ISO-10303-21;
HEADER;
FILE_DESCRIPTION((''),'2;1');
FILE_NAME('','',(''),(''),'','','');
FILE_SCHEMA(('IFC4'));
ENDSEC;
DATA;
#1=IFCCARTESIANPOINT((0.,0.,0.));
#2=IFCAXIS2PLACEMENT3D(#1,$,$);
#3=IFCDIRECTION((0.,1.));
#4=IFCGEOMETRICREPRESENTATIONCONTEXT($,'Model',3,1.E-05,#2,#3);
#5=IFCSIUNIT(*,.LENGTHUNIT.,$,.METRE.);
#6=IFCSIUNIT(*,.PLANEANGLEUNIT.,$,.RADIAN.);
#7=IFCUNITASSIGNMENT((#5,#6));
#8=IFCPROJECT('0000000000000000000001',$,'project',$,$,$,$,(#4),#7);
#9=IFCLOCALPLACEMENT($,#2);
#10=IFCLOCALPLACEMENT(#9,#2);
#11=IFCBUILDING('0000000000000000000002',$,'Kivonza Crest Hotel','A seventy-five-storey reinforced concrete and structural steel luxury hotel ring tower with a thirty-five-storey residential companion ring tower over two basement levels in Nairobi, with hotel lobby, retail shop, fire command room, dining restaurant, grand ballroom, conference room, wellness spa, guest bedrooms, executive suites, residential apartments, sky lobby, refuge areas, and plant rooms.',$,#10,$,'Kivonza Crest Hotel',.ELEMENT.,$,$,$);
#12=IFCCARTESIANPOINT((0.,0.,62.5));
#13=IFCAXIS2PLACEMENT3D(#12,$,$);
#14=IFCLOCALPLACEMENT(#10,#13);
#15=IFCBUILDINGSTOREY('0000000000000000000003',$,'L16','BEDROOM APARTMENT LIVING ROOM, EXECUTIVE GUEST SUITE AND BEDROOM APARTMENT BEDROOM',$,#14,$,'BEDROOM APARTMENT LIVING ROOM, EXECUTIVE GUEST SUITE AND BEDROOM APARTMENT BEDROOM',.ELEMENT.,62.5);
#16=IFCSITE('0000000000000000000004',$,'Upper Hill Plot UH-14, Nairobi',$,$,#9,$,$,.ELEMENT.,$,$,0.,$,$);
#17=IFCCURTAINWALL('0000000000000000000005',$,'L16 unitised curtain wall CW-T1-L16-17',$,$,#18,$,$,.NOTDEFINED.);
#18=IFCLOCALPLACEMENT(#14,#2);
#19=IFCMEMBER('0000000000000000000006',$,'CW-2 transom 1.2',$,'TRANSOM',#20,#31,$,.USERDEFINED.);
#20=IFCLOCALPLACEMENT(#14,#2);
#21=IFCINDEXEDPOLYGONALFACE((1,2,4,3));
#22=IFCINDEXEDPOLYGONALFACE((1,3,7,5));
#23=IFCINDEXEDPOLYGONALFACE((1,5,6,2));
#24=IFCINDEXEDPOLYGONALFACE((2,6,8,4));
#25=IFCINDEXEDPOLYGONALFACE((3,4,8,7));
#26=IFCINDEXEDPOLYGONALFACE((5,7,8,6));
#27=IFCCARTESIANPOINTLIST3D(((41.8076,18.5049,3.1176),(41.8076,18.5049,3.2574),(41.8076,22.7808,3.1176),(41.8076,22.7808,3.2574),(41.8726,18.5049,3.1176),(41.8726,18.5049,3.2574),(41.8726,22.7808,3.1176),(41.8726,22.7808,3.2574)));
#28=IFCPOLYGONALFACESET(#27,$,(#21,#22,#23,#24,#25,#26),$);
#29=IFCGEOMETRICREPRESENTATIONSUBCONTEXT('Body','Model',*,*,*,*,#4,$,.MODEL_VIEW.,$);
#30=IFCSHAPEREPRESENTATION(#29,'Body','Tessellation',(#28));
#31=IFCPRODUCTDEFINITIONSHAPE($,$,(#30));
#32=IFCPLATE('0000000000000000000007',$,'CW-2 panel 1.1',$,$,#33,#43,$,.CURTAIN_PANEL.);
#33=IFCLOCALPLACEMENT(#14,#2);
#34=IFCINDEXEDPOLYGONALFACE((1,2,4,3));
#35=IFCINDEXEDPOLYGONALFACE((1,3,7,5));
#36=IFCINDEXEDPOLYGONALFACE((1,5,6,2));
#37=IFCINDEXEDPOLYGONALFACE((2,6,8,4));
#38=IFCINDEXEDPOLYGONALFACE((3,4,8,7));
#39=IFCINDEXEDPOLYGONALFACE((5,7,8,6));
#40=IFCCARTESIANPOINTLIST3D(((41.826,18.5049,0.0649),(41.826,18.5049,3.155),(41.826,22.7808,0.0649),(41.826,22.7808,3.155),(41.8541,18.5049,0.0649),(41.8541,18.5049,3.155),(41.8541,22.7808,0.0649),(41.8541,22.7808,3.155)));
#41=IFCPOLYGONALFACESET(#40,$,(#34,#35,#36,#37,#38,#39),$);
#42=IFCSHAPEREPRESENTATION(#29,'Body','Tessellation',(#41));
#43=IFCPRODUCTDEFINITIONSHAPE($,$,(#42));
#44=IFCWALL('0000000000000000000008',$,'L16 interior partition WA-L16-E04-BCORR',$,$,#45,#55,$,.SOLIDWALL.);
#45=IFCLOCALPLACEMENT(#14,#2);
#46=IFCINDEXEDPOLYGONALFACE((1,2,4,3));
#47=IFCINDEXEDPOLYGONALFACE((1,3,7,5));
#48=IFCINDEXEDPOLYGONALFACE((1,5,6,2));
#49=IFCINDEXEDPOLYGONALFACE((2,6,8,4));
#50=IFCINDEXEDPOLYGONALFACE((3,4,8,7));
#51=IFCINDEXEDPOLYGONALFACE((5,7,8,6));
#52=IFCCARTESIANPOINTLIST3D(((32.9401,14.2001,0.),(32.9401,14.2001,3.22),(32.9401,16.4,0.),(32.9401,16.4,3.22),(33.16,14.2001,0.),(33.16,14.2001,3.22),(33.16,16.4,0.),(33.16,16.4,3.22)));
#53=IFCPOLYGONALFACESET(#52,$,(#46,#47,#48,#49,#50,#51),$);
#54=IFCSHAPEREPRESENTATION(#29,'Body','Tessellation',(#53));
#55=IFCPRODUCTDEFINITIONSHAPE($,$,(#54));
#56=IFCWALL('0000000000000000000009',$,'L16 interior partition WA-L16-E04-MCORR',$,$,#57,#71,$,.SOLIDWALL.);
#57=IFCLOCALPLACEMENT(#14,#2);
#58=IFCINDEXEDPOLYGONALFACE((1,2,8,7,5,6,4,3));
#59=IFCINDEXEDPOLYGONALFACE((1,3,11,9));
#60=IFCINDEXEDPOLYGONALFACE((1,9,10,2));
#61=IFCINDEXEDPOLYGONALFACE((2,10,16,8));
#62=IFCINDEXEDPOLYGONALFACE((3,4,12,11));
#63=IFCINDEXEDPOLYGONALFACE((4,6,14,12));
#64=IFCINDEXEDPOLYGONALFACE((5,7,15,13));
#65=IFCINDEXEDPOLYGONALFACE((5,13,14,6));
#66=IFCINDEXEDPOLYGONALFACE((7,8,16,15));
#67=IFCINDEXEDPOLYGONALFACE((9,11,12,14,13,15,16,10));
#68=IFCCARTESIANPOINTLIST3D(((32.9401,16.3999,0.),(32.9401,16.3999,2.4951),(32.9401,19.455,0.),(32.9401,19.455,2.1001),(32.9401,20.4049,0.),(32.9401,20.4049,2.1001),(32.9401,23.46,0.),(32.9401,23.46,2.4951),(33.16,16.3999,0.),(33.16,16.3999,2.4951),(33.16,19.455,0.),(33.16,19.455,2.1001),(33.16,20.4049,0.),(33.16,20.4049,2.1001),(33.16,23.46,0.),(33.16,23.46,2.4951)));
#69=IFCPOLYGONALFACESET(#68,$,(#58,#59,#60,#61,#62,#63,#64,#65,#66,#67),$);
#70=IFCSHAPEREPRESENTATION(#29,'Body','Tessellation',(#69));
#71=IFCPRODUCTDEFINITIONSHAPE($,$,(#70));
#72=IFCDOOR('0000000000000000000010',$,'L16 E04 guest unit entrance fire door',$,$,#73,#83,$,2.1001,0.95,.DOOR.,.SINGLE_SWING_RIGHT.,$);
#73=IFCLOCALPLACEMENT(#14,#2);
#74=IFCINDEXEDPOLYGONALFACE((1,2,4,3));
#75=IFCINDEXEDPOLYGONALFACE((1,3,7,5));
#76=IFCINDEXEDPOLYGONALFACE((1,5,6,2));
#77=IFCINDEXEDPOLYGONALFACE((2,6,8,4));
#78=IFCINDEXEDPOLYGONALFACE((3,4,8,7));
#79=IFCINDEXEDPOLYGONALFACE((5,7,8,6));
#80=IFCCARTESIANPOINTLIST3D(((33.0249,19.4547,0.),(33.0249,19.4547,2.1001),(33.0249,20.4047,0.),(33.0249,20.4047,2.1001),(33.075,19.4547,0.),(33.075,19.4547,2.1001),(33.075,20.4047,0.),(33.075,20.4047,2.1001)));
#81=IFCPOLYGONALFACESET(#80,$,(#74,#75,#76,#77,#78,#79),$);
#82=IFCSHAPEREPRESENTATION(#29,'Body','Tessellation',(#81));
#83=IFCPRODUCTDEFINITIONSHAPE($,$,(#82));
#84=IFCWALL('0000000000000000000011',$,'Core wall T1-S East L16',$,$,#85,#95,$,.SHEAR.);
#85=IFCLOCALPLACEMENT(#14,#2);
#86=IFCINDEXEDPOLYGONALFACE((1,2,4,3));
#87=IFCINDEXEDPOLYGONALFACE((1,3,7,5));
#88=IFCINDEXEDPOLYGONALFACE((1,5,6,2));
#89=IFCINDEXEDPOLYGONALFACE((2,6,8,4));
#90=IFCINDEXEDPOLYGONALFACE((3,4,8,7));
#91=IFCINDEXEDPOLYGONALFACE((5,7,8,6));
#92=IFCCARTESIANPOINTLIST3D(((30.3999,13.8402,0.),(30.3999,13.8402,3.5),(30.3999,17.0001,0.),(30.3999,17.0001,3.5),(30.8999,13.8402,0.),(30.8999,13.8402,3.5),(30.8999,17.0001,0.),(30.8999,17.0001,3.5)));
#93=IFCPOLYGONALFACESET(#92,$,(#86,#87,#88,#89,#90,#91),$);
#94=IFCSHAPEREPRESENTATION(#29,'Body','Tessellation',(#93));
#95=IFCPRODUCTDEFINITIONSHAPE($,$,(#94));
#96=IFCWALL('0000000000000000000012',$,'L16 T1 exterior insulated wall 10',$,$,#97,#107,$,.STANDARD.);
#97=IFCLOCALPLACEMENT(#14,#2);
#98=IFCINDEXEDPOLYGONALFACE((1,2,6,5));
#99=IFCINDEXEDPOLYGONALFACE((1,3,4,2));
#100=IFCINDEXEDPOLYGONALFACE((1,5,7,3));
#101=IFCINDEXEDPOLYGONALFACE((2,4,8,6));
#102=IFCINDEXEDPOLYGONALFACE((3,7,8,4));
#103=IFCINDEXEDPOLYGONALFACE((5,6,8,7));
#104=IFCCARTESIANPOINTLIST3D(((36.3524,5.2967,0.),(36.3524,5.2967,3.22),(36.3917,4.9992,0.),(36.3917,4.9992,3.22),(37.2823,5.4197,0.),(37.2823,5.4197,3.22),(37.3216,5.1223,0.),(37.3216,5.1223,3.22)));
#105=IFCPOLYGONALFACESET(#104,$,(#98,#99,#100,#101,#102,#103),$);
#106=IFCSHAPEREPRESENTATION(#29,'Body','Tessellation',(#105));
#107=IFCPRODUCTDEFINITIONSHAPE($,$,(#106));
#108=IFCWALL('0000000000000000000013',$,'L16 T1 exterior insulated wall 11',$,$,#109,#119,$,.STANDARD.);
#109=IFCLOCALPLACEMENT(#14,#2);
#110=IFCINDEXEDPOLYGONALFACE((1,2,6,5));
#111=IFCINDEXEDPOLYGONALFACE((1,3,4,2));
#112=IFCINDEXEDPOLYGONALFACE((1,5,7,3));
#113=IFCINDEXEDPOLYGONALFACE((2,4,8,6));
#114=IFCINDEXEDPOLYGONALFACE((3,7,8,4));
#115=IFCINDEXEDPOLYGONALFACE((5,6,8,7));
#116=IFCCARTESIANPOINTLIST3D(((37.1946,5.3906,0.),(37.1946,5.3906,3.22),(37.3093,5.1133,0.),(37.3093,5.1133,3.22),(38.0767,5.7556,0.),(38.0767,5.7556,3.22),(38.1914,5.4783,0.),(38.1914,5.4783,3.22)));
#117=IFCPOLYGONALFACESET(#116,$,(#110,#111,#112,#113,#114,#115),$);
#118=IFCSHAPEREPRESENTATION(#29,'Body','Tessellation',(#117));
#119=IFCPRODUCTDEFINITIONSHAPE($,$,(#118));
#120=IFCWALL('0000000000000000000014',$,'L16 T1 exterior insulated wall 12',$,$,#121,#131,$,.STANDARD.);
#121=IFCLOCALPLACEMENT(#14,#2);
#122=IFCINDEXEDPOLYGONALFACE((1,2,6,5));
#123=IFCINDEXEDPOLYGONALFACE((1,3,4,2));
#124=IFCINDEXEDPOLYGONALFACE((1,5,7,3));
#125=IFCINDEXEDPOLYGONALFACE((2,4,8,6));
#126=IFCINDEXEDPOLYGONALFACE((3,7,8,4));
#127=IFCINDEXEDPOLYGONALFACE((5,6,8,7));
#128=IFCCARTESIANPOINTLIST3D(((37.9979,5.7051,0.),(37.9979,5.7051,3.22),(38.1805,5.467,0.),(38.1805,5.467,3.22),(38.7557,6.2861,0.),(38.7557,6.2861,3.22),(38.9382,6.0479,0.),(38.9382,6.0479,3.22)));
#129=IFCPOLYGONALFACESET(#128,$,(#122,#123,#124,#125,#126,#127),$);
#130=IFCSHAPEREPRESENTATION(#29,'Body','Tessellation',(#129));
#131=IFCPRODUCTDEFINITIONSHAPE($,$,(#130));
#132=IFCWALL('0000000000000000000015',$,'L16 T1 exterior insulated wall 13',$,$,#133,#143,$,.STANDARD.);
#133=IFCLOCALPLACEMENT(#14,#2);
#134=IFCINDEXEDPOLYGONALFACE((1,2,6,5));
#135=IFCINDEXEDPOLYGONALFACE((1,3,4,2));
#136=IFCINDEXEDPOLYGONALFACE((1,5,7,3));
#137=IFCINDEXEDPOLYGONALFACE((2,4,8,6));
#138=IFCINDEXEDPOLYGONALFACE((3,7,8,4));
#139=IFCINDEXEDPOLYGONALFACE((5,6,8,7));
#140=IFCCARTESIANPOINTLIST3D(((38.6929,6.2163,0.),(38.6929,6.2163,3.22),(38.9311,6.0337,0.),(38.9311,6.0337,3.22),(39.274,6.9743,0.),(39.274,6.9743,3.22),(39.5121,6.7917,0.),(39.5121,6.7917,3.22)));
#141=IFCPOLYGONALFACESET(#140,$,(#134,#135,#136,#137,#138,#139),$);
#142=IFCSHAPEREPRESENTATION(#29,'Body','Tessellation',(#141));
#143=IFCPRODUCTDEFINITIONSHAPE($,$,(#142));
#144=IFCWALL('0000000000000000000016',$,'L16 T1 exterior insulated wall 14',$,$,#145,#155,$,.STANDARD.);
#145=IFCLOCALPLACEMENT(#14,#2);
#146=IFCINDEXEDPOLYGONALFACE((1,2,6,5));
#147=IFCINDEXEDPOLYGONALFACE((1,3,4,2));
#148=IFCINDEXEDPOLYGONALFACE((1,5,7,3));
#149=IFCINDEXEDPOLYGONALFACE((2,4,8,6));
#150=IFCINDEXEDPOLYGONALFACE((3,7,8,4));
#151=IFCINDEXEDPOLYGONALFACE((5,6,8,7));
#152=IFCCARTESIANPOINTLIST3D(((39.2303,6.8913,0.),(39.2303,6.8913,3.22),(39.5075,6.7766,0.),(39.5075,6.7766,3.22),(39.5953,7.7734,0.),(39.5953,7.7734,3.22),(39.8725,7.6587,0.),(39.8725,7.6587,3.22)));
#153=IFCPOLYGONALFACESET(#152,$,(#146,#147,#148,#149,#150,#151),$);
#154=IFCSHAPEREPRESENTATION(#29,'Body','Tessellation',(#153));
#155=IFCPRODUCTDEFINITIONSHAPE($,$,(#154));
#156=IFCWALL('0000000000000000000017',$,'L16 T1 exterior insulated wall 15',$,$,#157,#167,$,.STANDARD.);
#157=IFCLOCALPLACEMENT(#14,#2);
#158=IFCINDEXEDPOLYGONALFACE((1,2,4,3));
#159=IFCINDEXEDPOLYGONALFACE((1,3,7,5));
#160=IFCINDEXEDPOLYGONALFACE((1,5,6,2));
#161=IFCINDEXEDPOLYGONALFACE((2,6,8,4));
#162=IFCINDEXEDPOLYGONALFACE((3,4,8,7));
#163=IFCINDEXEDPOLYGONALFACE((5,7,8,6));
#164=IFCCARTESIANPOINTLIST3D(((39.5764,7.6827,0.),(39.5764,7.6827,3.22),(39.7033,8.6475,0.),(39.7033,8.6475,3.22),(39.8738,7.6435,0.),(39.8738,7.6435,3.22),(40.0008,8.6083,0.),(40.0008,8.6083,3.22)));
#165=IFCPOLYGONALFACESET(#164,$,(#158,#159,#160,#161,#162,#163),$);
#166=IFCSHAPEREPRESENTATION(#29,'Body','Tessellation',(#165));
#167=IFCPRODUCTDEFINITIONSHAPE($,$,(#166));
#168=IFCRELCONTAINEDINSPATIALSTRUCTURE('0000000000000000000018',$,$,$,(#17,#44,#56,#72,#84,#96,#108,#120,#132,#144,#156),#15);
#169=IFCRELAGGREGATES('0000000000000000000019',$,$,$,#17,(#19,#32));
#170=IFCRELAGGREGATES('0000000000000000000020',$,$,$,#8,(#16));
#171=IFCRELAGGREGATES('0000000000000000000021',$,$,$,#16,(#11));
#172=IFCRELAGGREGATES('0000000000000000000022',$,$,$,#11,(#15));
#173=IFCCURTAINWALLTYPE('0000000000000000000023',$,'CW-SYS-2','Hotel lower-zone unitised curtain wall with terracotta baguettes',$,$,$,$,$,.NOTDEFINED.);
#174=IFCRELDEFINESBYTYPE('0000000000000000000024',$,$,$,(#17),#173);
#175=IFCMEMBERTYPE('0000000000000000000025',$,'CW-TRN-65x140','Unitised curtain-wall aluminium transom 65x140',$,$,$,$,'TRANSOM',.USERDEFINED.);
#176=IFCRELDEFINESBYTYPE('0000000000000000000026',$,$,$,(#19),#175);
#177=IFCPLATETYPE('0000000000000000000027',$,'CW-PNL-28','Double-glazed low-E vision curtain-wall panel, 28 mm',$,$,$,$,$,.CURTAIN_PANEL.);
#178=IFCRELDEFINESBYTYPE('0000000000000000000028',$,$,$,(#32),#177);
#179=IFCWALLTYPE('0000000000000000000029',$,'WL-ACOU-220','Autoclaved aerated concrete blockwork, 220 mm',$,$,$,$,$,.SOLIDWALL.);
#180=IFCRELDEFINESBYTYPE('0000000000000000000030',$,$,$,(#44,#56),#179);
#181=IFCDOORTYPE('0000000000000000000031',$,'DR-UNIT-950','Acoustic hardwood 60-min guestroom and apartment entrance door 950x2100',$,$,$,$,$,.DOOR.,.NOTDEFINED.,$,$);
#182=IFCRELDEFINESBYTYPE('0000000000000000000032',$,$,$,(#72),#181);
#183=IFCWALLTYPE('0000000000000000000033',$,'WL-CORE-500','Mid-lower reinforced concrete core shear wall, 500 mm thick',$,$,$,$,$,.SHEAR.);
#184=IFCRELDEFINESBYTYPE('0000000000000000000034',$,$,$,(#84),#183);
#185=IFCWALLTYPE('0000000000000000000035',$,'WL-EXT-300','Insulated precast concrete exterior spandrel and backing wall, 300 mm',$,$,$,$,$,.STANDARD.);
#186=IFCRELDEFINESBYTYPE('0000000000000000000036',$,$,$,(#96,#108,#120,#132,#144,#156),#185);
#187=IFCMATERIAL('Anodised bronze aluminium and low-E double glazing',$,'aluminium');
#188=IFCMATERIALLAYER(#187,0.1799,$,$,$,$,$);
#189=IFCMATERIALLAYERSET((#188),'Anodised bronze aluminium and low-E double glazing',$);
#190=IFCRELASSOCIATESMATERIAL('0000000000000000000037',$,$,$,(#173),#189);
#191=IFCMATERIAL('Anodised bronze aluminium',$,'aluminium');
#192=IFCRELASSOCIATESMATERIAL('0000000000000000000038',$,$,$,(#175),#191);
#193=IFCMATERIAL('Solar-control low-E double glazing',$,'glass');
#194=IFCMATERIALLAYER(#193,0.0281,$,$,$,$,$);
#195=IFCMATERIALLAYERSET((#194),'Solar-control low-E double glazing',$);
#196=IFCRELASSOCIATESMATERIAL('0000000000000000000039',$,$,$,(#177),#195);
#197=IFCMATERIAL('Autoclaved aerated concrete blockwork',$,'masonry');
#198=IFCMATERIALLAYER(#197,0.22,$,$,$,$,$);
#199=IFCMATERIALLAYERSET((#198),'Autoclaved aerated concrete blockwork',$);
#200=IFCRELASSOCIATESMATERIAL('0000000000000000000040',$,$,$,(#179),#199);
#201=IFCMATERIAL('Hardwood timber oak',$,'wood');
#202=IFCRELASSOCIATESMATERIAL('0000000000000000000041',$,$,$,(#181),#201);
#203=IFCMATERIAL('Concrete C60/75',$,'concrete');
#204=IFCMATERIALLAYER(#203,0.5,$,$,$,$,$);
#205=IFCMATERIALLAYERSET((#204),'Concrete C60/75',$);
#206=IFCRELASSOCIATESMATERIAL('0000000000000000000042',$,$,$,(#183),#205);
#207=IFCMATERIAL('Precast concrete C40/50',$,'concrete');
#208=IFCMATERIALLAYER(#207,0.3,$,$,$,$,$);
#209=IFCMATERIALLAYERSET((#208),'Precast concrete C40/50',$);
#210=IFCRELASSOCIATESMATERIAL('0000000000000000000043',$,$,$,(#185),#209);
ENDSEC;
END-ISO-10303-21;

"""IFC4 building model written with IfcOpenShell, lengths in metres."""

from ifc_helpers import new_model, si_unit, direction, frame, frame_2d, origin, origin_2d, place, context, subcontext, project, spatial, rectangle, extrude, material, layer, layer_set, material_profile, profile_set, type_object, element, fill, aggregate, save


model = new_model("IFC4")

# Units and contexts
model_context = context("Model", 3, precision=1e-05, world=origin(), true_north=direction((0.0, 1.0)))
body_context = subcontext(model_context, "Body", "Model", "MODEL_VIEW")
ifc_project = project(units=[si_unit("LENGTHUNIT", "METRE"), si_unit("PLANEANGLEUNIT", "RADIAN")], contexts=[model_context])

# Site, building, storey
site_placement = place(None, origin())
site = spatial("IfcSite", under=ifc_project, at=site_placement, Name="Upper Hill Plot UH-14, Nairobi", CompositionType="ELEMENT", RefElevation=0.0)
building_placement = place(site_placement, origin())
building = spatial("IfcBuilding", under=site, at=building_placement, Name="Kivonza Crest Hotel", Description="A seventy-five-storey reinforced concrete and structural steel luxury hotel ring tower with a thirty-five-storey residential companion ring tower over two basement levels in Nairobi, with hotel lobby, retail shop, fire command room, dining restaurant, grand ballroom, conference room, wellness spa, guest bedrooms, executive suites, residential apartments, sky lobby, refuge areas, and plant rooms.", LongName="Kivonza Crest Hotel", CompositionType="ELEMENT")
storey_placement = place(building_placement, frame((0.0, 0.0, 62.5)))
storey = spatial("IfcBuildingStorey", under=building, at=storey_placement, Name="L16", Description="BEDROOM APARTMENT LIVING ROOM, EXECUTIVE GUEST SUITE AND BEDROOM APARTMENT BEDROOM", LongName="BEDROOM APARTMENT LIVING ROOM, EXECUTIVE GUEST SUITE AND BEDROOM APARTMENT BEDROOM", CompositionType="ELEMENT", Elevation=62.5)

# Shared definitions
ifc_material_1 = material(Name="Concrete C60/75", Category="concrete")

# Curtain wall, member, plate
ifc_material_2 = material(Name="Anodised bronze aluminium and low-E double glazing", Category="aluminium")
ifc_layer_1 = layer(ifc_material_2, 0.1799)
ifc_layer_set_1 = layer_set([ifc_layer_1], Name="Anodised bronze aluminium and low-E double glazing")
curtain_wall_type = type_object("IfcCurtainWallType", Name="CW-SYS-2", Description="Hotel lower-zone unitised curtain wall with terracotta baguettes", PredefinedType="NOTDEFINED", material=ifc_layer_set_1)
curtain_wall_placement = place(storey_placement, origin())
curtain_wall = element("IfcCurtainWall", 1, at=curtain_wall_placement, inside=storey, type_object=curtain_wall_type, Name="L16 unitised curtain wall CW-T1-L16-17", PredefinedType="NOTDEFINED")
ifc_material_3 = material(Name="Anodised bronze aluminium", Category="aluminium")
ifc_material_profile_1 = material_profile(ifc_material_3, rectangle(XDim=0.0649, YDim=0.1399, at=origin_2d()), Name="CW-T 65x140")
ifc_profile_set_1 = profile_set([ifc_material_profile_1], Name="Anodised bronze aluminium")
member_type_1 = type_object("IfcMemberType", Name="CW-TRN-65x140", Description="Unitised curtain-wall aluminium transom 65x140", ElementType="TRANSOM", PredefinedType="USERDEFINED", material=ifc_profile_set_1)
member_1_placement = place(storey_placement, frame((41.8401, 18.5049, 3.1875), z_axis=(0.0, 1.0, 0.0), x_axis=(-1.0, 0.0, 0.0)))
member_1 = element("IfcMember", 2, at=member_1_placement, type_object=member_type_1, Name="CW-2 transom 1.2", ObjectType="TRANSOM", PredefinedType="USERDEFINED", context=body_context, shape_type="SweptSolid", body=[
    extrude(rectangle(XDim=0.0649, YDim=0.1399, at=origin_2d()), origin(), (0.0, 0.0, 1.0), 4.2759),
])
ifc_material_4 = material(Name="Solar-control low-E double glazing", Category="glass")
ifc_layer_2 = layer(ifc_material_4, 0.0281)
ifc_layer_set_2 = layer_set([ifc_layer_2], Name="Solar-control low-E double glazing")
plate_type = type_object("IfcPlateType", Name="CW-PNL-28", Description="Double-glazed low-E vision curtain-wall panel, 28 mm", PredefinedType="CURTAIN_PANEL", material=ifc_layer_set_2)
plate_placement = place(storey_placement, frame((41.8401, 20.6428, 0.0649), z_axis=(0.0, 0.0, 1.0), x_axis=(0.0, 1.0, 0.0)))
plate = element("IfcPlate", 3, at=plate_placement, type_object=plate_type, Name="CW-2 panel 1.1", PredefinedType="CURTAIN_PANEL", context=body_context, shape_type="SweptSolid", body=[
    extrude(rectangle(XDim=4.2759, YDim=0.0281, at=origin_2d()), origin(), (0.0, 0.0, 1.0), 3.0901),
])
aggregate(curtain_wall, [member_1, plate])

# Wall
ifc_material_5 = material(Name="Autoclaved aerated concrete blockwork", Category="masonry")
ifc_layer_3 = layer(ifc_material_5, 0.22)
ifc_layer_set_3 = layer_set([ifc_layer_3], Name="Autoclaved aerated concrete blockwork")
wall_type_1 = type_object("IfcWallType", Name="WL-ACOU-220", Description="Autoclaved aerated concrete blockwork, 220 mm", PredefinedType="SOLIDWALL", material=ifc_layer_set_3)
wall_1_placement = place(storey_placement, frame((33.05, 14.2, 0.0), z_axis=(0.0, 0.0, 1.0), x_axis=(0.0, 1.0, 0.0)))
element("IfcWall", 4, at=wall_1_placement, inside=storey, type_object=wall_type_1, Name="L16 interior partition WA-L16-E04-BCORR", PredefinedType="SOLIDWALL", context=body_context, shape_type="SweptSolid", body=[
    extrude(rectangle(XDim=2.2, YDim=0.22, at=frame_2d((1.1001, 0.0))), origin(), (0.0, 0.0, 1.0), 3.22),
])

# Wall, opening, door
wall_2_placement = place(storey_placement, frame((33.05, 16.3999, 0.0), z_axis=(0.0, 0.0, 1.0), x_axis=(0.0, 1.0, 0.0)))
wall_2 = element("IfcWall", 5, at=wall_2_placement, inside=storey, type_object=wall_type_1, Name="L16 interior partition WA-L16-E04-MCORR", PredefinedType="SOLIDWALL", context=body_context, shape_type="SweptSolid", body=[
    extrude(rectangle(XDim=7.0601, YDim=0.22, at=frame_2d((3.53, 0.0))), origin(), (0.0, 0.0, 1.0), 2.4951),
])
opening_1_placement = place(wall_2_placement, frame((3.0549, 0.0, 0.0)))
opening_1 = element("IfcOpeningElement", 6, at=opening_1_placement, cuts=wall_2, PredefinedType="OPENING", context=body_context, shape_type="SweptSolid", body=[
    extrude(rectangle(XDim=0.95, YDim=2.1001, at=frame_2d((0.4751, 1.05))), frame((0.0, 0.1201, 0.0), z_axis=(0.0, -1.0, 0.0), x_axis=(1.0, 0.0, 0.0)), (0.0, 0.0, 1.0), 0.24),
])
ifc_material_6 = material(Name="Hardwood timber oak", Category="wood")
door_type_1 = type_object("IfcDoorType", Name="DR-UNIT-950", Description="Acoustic hardwood 60-min guestroom and apartment entrance door 950x2100", OperationType="NOTDEFINED", PredefinedType="DOOR", material=ifc_material_6)
door_1_placement = place(opening_1_placement, frame((0.95, 0.0, 0.0), z_axis=(0.0, 0.0, 1.0), x_axis=(-1.0, 0.0, 0.0)))
door_1 = element("IfcDoor", 7, at=door_1_placement, inside=storey, type_object=door_type_1, Name="L16 E04 guest unit entrance fire door", OperationType="SINGLE_SWING_RIGHT", OverallHeight=2.1001, OverallWidth=0.95, PredefinedType="DOOR", context=body_context, shape_type="SweptSolid", body=[
    extrude(rectangle(XDim=0.95, YDim=2.1001, at=frame_2d((0.4751, 1.05))), frame((0.0, 0.0249, 0.0), z_axis=(0.0, -1.0, 0.0), x_axis=(1.0, 0.0, 0.0)), (0.0, 0.0, 1.0), 0.05),
])
fill(opening_1, door_1)

# Walls
ifc_layer_4 = layer(ifc_material_1, 0.5)
ifc_layer_set_4 = layer_set([ifc_layer_4], Name="Concrete C60/75")
wall_type_2 = type_object("IfcWallType", Name="WL-CORE-500", Description="Mid-lower reinforced concrete core shear wall, 500 mm thick", PredefinedType="SHEAR", material=ifc_layer_set_4)
wall_3_placement = place(storey_placement, frame((30.6499, 13.8401, 0.0), z_axis=(0.0, 0.0, 1.0), x_axis=(0.0, 1.0, 0.0)))
element("IfcWall", 8, at=wall_3_placement, inside=storey, type_object=wall_type_2, Name="Core wall T1-S East L16", PredefinedType="SHEAR", context=body_context, shape_type="SweptSolid", body=[
    extrude(rectangle(XDim=3.1599, YDim=0.5, at=frame_2d((1.5801, 0.0))), origin(), (0.0, 0.0, 1.0), 3.5),
])
ifc_material_7 = material(Name="Precast concrete C40/50", Category="concrete")
ifc_layer_5 = layer(ifc_material_7, 0.3)
ifc_layer_set_5 = layer_set([ifc_layer_5], Name="Precast concrete C40/50")
wall_type_3 = type_object("IfcWallType", Name="WL-EXT-300", Description="Insulated precast concrete exterior spandrel and backing wall, 300 mm", PredefinedType="STANDARD", material=ifc_layer_set_5)
wall_4_placement = place(storey_placement, frame((36.3721, 5.1479, 0.0), z_axis=(0.0, 0.0, 1.0), x_axis=(0.991359, 0.131175, 0.0)))
element("IfcWall", 9, at=wall_4_placement, inside=storey, type_object=wall_type_3, Name="L16 T1 exterior insulated wall 10", PredefinedType="STANDARD", context=body_context, shape_type="SweptSolid", body=[
    extrude(rectangle(XDim=0.938, YDim=0.3, at=frame_2d((0.469, 0.0))), origin(), (0.0, 0.0, 1.0), 3.22),
])
wall_5_placement = place(storey_placement, frame((37.252, 5.252, 0.0), z_axis=(0.0, 0.0, 1.0), x_axis=(0.92402, 0.382344, 0.0)))
element("IfcWall", 10, at=wall_5_placement, inside=storey, type_object=wall_type_3, Name="L16 T1 exterior insulated wall 11", PredefinedType="STANDARD", context=body_context, shape_type="SweptSolid", body=[
    extrude(rectangle(XDim=0.9546, YDim=0.3, at=frame_2d((0.4773, 0.0))), origin(), (0.0, 0.0, 1.0), 3.22),
])
wall_6_placement = place(storey_placement, frame((38.0891, 5.5859, 0.0), z_axis=(0.0, 0.0, 1.0), x_axis=(0.793573, 0.608474, 0.0)))
element("IfcWall", 11, at=wall_6_placement, inside=storey, type_object=wall_type_3, Name="L16 T1 exterior insulated wall 12", PredefinedType="STANDARD", context=body_context, shape_type="SweptSolid", body=[
    extrude(rectangle(XDim=0.9548, YDim=0.3, at=frame_2d((0.4775, 0.0))), origin(), (0.0, 0.0, 1.0), 3.22),
])
wall_7_placement = place(storey_placement, frame((38.812, 6.125, 0.0), z_axis=(0.0, 0.0, 1.0), x_axis=(0.608351, 0.793668, 0.0)))
element("IfcWall", 12, at=wall_7_placement, inside=storey, type_object=wall_type_3, Name="L16 T1 exterior insulated wall 13", PredefinedType="STANDARD", context=body_context, shape_type="SweptSolid", body=[
    extrude(rectangle(XDim=0.9551, YDim=0.3, at=frame_2d((0.4775, 0.0))), origin(), (0.0, 0.0, 1.0), 3.22),
])
wall_8_placement = place(storey_placement, frame((39.3689, 6.834, 0.0), z_axis=(0.0, 0.0, 1.0), x_axis=(0.382344, 0.92402, 0.0)))
element("IfcWall", 13, at=wall_8_placement, inside=storey, type_object=wall_type_3, Name="L16 T1 exterior insulated wall 14", PredefinedType="STANDARD", context=body_context, shape_type="SweptSolid", body=[
    extrude(rectangle(XDim=0.9546, YDim=0.3, at=frame_2d((0.4773, 0.0))), origin(), (0.0, 0.0, 1.0), 3.22),
])
wall_9_placement = place(storey_placement, frame((39.7251, 7.6631, 0.0), z_axis=(0.0, 0.0, 1.0), x_axis=(0.130455, 0.991454, 0.0)))
element("IfcWall", 14, at=wall_9_placement, inside=storey, type_object=wall_type_3, Name="L16 T1 exterior insulated wall 15", PredefinedType="STANDARD", context=body_context, shape_type="SweptSolid", body=[
    extrude(rectangle(XDim=0.9731, YDim=0.3, at=frame_2d((0.4866, 0.0))), origin(), (0.0, 0.0, 1.0), 3.22),
])

save(model, "model.ifc")
